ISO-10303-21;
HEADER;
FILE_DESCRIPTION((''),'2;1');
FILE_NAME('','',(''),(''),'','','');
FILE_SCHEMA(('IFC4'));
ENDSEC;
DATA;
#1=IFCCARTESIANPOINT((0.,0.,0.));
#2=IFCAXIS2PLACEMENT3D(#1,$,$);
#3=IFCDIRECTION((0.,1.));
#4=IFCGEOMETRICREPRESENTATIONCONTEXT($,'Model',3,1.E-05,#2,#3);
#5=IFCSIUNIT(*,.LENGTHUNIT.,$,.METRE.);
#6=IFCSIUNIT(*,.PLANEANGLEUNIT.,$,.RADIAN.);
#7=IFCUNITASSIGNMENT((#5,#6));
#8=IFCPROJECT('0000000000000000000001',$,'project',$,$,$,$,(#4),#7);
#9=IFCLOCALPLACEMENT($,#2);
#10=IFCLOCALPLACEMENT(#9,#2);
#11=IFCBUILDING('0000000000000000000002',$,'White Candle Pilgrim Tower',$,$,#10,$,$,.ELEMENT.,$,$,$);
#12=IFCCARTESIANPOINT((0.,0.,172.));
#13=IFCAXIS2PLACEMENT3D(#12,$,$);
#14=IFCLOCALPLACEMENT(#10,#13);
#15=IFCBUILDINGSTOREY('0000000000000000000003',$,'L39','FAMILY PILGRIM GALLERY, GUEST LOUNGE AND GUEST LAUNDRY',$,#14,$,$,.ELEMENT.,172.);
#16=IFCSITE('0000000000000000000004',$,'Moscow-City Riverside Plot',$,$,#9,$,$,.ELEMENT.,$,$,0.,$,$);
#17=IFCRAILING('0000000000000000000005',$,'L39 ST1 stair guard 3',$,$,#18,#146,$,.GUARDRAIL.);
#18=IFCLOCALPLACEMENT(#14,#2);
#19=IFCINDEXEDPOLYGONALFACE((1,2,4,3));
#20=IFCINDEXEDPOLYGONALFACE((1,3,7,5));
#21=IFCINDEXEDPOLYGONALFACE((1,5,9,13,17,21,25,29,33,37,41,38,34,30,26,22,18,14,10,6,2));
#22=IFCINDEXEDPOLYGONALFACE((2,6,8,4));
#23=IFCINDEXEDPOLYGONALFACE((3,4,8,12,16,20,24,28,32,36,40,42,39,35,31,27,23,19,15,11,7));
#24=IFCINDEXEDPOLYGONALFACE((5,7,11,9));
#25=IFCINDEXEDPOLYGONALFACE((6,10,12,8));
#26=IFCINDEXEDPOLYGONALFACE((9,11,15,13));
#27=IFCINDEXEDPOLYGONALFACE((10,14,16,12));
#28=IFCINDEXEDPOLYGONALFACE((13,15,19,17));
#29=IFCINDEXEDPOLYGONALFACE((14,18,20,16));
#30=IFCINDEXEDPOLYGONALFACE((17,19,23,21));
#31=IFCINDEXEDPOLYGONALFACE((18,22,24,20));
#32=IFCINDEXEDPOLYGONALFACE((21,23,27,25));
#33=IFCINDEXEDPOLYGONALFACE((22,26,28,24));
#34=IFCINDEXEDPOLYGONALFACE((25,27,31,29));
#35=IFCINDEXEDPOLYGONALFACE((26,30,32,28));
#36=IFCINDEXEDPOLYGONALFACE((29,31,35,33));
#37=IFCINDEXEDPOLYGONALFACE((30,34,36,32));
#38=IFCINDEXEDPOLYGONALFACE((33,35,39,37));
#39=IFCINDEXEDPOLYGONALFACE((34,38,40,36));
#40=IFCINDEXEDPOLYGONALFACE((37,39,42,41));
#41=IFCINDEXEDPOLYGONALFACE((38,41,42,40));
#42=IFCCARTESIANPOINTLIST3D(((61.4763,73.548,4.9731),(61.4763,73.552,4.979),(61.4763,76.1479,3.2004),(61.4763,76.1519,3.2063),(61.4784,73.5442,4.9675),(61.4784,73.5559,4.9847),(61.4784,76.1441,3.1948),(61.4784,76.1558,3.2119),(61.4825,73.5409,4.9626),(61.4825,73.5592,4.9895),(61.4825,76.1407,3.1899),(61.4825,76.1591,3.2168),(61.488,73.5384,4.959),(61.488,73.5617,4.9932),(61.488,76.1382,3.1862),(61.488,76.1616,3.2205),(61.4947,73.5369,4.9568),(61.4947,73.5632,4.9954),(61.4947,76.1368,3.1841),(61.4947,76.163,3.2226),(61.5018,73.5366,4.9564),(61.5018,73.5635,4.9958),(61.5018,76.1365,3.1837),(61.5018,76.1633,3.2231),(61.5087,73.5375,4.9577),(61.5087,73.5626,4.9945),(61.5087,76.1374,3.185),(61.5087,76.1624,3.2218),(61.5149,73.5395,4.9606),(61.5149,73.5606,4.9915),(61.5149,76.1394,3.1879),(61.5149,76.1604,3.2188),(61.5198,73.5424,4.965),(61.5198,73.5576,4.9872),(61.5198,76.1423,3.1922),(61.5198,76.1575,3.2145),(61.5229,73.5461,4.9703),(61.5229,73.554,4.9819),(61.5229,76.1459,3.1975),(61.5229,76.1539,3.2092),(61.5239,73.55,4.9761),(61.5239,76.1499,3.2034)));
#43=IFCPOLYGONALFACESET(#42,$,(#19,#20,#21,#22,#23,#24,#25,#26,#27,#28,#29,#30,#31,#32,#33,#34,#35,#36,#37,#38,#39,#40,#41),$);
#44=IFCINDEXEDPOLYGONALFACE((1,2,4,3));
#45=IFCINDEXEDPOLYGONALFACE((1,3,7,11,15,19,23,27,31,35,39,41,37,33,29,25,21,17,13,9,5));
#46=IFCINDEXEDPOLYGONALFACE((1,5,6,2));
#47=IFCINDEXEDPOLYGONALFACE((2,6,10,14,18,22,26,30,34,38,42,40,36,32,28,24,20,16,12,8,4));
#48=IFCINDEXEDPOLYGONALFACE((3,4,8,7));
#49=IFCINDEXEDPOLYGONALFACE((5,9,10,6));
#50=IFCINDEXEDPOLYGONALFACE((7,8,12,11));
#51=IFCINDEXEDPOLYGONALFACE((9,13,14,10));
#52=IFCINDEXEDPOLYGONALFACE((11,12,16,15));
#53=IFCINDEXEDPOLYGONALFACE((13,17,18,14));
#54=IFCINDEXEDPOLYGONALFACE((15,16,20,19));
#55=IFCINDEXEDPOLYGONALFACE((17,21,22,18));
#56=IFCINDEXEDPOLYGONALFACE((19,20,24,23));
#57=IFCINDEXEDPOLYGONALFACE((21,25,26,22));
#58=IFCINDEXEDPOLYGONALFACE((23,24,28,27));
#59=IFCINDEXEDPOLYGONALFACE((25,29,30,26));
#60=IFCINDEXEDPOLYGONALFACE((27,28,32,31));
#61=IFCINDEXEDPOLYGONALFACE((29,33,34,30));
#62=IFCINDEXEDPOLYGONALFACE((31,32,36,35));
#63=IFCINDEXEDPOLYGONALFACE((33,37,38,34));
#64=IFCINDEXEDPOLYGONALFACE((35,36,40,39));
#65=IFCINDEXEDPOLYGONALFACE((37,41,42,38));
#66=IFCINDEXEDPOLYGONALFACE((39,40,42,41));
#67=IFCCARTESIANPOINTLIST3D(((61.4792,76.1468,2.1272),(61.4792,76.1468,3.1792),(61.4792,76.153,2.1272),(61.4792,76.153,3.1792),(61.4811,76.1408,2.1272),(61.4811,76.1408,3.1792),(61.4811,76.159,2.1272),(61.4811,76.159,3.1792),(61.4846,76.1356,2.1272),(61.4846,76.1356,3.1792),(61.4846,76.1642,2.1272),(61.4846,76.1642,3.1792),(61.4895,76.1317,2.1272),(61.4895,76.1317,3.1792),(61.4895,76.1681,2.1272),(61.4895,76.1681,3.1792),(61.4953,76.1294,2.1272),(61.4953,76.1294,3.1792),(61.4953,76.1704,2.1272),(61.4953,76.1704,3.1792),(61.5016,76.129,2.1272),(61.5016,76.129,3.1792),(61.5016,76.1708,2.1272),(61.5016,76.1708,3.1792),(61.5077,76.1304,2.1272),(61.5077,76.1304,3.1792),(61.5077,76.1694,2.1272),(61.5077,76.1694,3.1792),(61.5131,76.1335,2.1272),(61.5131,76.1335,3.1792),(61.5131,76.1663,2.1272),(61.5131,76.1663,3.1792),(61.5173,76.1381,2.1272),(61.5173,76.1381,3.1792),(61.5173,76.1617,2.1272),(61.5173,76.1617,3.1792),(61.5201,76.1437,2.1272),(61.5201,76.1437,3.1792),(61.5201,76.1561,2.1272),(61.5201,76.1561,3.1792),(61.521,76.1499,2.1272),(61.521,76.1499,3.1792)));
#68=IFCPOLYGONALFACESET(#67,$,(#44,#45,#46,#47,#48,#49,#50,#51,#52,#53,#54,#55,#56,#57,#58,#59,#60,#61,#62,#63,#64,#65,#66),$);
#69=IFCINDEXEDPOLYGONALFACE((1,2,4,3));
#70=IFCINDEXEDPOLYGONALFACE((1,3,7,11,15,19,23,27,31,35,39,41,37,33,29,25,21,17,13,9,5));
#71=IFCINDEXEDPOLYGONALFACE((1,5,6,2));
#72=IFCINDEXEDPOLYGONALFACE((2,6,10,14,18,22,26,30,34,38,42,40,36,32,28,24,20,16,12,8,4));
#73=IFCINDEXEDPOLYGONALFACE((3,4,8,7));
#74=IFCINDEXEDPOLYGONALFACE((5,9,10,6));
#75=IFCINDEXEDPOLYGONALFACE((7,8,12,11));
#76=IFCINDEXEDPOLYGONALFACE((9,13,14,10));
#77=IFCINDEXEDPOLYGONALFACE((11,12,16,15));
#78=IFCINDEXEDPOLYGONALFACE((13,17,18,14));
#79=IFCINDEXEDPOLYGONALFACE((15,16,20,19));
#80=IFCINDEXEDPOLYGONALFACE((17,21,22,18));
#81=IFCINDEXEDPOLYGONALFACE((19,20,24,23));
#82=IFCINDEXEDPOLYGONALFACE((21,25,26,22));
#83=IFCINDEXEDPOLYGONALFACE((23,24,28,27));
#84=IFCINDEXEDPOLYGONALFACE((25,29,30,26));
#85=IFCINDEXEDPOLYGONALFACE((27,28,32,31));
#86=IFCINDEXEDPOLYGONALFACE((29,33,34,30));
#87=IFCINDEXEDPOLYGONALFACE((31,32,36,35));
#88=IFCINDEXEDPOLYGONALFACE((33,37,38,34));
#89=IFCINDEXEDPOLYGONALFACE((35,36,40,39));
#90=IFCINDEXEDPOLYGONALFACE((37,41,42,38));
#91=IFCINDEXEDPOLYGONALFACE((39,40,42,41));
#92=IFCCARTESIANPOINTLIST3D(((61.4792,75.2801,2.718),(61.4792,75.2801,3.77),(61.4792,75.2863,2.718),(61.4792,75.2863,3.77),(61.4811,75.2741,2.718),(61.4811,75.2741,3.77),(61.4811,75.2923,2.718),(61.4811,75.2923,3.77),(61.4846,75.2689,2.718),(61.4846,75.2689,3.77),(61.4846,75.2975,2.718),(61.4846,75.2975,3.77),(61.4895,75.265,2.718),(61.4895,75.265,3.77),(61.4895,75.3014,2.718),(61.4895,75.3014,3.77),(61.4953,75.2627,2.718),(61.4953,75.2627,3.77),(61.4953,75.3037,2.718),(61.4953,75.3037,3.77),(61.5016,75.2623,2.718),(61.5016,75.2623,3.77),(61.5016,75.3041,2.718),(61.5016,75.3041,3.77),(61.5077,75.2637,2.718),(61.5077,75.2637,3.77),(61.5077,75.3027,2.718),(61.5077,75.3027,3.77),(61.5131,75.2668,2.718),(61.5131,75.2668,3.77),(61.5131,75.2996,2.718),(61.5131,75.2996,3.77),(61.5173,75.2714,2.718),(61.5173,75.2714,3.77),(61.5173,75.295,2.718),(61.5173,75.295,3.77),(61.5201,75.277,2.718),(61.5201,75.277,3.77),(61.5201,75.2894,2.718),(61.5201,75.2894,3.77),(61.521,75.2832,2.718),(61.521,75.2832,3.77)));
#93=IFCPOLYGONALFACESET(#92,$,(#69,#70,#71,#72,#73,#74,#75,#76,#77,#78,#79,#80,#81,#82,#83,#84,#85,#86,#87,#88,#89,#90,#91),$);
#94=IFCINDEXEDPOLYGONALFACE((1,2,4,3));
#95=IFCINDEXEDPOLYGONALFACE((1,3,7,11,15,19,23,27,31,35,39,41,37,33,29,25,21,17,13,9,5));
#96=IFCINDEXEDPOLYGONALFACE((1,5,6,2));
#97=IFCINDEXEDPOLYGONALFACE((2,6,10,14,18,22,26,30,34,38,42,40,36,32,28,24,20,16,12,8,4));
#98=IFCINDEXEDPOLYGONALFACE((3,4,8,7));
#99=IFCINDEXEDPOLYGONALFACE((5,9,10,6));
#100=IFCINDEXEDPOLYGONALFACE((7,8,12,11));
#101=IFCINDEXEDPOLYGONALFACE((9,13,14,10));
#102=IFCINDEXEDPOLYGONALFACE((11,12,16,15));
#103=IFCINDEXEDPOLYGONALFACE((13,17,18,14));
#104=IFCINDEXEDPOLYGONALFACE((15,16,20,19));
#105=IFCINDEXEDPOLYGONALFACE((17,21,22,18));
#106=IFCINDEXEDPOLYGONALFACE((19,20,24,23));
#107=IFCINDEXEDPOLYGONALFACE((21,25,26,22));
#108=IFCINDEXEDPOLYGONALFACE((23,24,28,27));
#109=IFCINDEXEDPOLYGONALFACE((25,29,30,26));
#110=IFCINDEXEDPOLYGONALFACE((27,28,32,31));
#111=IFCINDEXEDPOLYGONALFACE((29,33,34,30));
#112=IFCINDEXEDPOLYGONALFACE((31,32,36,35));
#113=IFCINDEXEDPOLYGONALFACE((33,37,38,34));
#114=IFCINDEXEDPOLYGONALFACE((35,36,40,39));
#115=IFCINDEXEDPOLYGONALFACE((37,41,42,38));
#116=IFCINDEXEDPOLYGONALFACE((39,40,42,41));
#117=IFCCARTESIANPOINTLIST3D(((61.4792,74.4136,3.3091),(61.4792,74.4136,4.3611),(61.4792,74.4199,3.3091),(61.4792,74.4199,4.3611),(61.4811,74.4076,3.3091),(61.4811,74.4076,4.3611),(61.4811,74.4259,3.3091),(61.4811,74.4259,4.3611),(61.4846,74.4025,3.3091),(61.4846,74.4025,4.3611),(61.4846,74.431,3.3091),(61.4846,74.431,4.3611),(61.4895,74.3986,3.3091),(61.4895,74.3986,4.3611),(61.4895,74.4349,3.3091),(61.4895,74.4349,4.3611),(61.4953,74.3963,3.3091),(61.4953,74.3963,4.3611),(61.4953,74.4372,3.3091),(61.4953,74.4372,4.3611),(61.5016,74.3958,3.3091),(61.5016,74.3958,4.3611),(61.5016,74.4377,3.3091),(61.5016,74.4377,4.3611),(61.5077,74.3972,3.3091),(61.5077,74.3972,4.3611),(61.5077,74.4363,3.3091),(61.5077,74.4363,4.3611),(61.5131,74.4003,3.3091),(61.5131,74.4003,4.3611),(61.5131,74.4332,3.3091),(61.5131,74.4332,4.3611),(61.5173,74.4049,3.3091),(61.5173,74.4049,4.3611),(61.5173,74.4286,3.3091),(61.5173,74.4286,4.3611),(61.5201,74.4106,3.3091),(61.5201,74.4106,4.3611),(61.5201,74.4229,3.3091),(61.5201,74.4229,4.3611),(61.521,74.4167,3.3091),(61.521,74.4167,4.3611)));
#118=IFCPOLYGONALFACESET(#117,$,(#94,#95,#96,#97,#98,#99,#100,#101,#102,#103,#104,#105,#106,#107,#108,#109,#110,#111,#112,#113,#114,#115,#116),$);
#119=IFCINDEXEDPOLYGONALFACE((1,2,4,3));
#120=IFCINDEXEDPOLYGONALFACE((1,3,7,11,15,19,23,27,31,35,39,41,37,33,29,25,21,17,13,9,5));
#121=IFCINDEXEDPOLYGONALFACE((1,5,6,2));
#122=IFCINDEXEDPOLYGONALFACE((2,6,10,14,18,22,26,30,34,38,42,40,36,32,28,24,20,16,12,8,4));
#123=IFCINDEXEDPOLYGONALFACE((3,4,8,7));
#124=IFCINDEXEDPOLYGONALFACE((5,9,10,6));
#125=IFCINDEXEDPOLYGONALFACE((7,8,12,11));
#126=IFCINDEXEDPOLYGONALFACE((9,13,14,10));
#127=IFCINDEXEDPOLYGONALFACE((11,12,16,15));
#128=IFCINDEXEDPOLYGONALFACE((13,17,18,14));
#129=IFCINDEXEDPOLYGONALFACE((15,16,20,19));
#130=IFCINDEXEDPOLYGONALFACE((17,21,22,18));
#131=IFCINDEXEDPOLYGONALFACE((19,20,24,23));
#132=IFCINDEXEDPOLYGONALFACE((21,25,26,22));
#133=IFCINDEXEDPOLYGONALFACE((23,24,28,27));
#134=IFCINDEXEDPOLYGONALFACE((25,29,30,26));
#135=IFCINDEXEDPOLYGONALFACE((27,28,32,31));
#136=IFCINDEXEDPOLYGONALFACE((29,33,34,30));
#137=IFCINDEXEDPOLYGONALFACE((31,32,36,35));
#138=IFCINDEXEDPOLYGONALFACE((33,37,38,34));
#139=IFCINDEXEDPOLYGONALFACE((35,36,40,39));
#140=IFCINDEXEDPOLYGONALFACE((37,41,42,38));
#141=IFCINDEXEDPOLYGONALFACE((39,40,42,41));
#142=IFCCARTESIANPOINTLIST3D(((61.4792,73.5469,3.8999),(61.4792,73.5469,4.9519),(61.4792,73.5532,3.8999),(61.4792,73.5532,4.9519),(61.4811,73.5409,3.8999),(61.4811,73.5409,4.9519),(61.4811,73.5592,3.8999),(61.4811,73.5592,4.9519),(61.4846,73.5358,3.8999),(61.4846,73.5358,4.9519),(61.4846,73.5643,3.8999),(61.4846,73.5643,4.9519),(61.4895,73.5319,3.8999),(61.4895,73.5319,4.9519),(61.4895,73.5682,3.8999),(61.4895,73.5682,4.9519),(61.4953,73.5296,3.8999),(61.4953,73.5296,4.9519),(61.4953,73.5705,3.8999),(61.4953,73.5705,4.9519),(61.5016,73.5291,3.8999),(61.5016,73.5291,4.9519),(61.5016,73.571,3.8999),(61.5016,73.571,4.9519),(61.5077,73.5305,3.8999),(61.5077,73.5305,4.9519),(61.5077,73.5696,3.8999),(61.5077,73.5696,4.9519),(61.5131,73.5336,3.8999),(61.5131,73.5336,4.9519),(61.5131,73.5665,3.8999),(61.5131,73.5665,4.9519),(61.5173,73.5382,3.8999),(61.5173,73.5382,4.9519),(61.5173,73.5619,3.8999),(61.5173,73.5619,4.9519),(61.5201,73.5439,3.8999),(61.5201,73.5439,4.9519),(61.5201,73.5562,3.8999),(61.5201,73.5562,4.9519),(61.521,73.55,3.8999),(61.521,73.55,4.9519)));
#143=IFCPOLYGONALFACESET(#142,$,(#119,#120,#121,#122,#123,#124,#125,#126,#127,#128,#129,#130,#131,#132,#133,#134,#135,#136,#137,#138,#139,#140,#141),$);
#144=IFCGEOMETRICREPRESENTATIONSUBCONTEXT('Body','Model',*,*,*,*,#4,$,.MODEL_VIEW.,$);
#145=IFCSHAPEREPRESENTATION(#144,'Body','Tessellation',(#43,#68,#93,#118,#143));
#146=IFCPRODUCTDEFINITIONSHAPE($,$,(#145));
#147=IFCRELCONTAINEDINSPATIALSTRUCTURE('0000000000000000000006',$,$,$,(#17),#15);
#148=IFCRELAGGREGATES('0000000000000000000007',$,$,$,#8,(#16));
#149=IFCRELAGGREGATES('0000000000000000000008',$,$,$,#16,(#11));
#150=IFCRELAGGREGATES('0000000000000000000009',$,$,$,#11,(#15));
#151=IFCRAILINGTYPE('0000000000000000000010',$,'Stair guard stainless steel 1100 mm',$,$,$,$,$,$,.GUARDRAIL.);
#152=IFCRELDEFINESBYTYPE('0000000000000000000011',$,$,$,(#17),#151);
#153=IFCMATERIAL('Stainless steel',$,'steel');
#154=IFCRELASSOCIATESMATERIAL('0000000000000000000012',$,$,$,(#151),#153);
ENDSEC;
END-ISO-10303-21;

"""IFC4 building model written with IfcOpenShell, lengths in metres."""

from ifc_helpers import new_model, si_unit, direction, frame, origin, origin_2d, place, context, subcontext, project, spatial, circle, extrude, material, type_object, element, save


model = new_model("IFC4")

# Units and contexts
model_context = context("Model", 3, precision=1e-05, world=origin(), true_north=direction((0.0, 1.0)))
body_context = subcontext(model_context, "Body", "Model", "MODEL_VIEW")
ifc_project = project(units=[si_unit("LENGTHUNIT", "METRE"), si_unit("PLANEANGLEUNIT", "RADIAN")], contexts=[model_context])

# Site, building, storey
site_placement = place(None, origin())
site = spatial("IfcSite", under=ifc_project, at=site_placement, Name="Moscow-City Riverside Plot", CompositionType="ELEMENT", RefElevation=0.0)
building_placement = place(site_placement, origin())
building = spatial("IfcBuilding", under=site, at=building_placement, Name="White Candle Pilgrim Tower", CompositionType="ELEMENT")
storey_placement = place(building_placement, frame((0.0, 0.0, 172.0)))
storey = spatial("IfcBuildingStorey", under=building, at=storey_placement, Name="L39", Description="FAMILY PILGRIM GALLERY, GUEST LOUNGE AND GUEST LAUNDRY", CompositionType="ELEMENT", Elevation=172.0)

# Shared definitions
ifc_material_1 = material(Name="Stainless steel", Category="steel")

# Railing
railing_type_1 = type_object("IfcRailingType", Name="Stair guard stainless steel 1100 mm", PredefinedType="GUARDRAIL", material=ifc_material_1)
railing_1_placement = place(storey_placement, frame((61.5, 76.1499, 2.1272)))
element("IfcRailing", 1, at=railing_1_placement, inside=storey, type_object=railing_type_1, Name="L39 ST1 stair guard 3", PredefinedType="GUARDRAIL", context=body_context, shape_type="SweptSolid", body=[
    extrude(circle(Radius=0.0239, at=origin_2d()), frame((0.0, 0.0, 1.0762), z_axis=(0.0, -0.826216, 0.563354), x_axis=(1.0, 0.0, 0.0)), (0.0, 0.0, 1.0), 3.1467),
    extrude(circle(Radius=0.021, at=origin_2d()), origin(), (0.0, 0.0, 1.0), 1.052),
    extrude(circle(Radius=0.021, at=origin_2d()), frame((0.0, -0.8667, 0.5908)), (0.0, 0.0, 1.0), 1.052),
    extrude(circle(Radius=0.021, at=origin_2d()), frame((0.0, -1.7332, 1.1819)), (0.0, 0.0, 1.0), 1.052),
    extrude(circle(Radius=0.021, at=origin_2d()), frame((0.0, -2.5999, 1.7727)), (0.0, 0.0, 1.0), 1.052),
])

save(model, "model.ifc")
